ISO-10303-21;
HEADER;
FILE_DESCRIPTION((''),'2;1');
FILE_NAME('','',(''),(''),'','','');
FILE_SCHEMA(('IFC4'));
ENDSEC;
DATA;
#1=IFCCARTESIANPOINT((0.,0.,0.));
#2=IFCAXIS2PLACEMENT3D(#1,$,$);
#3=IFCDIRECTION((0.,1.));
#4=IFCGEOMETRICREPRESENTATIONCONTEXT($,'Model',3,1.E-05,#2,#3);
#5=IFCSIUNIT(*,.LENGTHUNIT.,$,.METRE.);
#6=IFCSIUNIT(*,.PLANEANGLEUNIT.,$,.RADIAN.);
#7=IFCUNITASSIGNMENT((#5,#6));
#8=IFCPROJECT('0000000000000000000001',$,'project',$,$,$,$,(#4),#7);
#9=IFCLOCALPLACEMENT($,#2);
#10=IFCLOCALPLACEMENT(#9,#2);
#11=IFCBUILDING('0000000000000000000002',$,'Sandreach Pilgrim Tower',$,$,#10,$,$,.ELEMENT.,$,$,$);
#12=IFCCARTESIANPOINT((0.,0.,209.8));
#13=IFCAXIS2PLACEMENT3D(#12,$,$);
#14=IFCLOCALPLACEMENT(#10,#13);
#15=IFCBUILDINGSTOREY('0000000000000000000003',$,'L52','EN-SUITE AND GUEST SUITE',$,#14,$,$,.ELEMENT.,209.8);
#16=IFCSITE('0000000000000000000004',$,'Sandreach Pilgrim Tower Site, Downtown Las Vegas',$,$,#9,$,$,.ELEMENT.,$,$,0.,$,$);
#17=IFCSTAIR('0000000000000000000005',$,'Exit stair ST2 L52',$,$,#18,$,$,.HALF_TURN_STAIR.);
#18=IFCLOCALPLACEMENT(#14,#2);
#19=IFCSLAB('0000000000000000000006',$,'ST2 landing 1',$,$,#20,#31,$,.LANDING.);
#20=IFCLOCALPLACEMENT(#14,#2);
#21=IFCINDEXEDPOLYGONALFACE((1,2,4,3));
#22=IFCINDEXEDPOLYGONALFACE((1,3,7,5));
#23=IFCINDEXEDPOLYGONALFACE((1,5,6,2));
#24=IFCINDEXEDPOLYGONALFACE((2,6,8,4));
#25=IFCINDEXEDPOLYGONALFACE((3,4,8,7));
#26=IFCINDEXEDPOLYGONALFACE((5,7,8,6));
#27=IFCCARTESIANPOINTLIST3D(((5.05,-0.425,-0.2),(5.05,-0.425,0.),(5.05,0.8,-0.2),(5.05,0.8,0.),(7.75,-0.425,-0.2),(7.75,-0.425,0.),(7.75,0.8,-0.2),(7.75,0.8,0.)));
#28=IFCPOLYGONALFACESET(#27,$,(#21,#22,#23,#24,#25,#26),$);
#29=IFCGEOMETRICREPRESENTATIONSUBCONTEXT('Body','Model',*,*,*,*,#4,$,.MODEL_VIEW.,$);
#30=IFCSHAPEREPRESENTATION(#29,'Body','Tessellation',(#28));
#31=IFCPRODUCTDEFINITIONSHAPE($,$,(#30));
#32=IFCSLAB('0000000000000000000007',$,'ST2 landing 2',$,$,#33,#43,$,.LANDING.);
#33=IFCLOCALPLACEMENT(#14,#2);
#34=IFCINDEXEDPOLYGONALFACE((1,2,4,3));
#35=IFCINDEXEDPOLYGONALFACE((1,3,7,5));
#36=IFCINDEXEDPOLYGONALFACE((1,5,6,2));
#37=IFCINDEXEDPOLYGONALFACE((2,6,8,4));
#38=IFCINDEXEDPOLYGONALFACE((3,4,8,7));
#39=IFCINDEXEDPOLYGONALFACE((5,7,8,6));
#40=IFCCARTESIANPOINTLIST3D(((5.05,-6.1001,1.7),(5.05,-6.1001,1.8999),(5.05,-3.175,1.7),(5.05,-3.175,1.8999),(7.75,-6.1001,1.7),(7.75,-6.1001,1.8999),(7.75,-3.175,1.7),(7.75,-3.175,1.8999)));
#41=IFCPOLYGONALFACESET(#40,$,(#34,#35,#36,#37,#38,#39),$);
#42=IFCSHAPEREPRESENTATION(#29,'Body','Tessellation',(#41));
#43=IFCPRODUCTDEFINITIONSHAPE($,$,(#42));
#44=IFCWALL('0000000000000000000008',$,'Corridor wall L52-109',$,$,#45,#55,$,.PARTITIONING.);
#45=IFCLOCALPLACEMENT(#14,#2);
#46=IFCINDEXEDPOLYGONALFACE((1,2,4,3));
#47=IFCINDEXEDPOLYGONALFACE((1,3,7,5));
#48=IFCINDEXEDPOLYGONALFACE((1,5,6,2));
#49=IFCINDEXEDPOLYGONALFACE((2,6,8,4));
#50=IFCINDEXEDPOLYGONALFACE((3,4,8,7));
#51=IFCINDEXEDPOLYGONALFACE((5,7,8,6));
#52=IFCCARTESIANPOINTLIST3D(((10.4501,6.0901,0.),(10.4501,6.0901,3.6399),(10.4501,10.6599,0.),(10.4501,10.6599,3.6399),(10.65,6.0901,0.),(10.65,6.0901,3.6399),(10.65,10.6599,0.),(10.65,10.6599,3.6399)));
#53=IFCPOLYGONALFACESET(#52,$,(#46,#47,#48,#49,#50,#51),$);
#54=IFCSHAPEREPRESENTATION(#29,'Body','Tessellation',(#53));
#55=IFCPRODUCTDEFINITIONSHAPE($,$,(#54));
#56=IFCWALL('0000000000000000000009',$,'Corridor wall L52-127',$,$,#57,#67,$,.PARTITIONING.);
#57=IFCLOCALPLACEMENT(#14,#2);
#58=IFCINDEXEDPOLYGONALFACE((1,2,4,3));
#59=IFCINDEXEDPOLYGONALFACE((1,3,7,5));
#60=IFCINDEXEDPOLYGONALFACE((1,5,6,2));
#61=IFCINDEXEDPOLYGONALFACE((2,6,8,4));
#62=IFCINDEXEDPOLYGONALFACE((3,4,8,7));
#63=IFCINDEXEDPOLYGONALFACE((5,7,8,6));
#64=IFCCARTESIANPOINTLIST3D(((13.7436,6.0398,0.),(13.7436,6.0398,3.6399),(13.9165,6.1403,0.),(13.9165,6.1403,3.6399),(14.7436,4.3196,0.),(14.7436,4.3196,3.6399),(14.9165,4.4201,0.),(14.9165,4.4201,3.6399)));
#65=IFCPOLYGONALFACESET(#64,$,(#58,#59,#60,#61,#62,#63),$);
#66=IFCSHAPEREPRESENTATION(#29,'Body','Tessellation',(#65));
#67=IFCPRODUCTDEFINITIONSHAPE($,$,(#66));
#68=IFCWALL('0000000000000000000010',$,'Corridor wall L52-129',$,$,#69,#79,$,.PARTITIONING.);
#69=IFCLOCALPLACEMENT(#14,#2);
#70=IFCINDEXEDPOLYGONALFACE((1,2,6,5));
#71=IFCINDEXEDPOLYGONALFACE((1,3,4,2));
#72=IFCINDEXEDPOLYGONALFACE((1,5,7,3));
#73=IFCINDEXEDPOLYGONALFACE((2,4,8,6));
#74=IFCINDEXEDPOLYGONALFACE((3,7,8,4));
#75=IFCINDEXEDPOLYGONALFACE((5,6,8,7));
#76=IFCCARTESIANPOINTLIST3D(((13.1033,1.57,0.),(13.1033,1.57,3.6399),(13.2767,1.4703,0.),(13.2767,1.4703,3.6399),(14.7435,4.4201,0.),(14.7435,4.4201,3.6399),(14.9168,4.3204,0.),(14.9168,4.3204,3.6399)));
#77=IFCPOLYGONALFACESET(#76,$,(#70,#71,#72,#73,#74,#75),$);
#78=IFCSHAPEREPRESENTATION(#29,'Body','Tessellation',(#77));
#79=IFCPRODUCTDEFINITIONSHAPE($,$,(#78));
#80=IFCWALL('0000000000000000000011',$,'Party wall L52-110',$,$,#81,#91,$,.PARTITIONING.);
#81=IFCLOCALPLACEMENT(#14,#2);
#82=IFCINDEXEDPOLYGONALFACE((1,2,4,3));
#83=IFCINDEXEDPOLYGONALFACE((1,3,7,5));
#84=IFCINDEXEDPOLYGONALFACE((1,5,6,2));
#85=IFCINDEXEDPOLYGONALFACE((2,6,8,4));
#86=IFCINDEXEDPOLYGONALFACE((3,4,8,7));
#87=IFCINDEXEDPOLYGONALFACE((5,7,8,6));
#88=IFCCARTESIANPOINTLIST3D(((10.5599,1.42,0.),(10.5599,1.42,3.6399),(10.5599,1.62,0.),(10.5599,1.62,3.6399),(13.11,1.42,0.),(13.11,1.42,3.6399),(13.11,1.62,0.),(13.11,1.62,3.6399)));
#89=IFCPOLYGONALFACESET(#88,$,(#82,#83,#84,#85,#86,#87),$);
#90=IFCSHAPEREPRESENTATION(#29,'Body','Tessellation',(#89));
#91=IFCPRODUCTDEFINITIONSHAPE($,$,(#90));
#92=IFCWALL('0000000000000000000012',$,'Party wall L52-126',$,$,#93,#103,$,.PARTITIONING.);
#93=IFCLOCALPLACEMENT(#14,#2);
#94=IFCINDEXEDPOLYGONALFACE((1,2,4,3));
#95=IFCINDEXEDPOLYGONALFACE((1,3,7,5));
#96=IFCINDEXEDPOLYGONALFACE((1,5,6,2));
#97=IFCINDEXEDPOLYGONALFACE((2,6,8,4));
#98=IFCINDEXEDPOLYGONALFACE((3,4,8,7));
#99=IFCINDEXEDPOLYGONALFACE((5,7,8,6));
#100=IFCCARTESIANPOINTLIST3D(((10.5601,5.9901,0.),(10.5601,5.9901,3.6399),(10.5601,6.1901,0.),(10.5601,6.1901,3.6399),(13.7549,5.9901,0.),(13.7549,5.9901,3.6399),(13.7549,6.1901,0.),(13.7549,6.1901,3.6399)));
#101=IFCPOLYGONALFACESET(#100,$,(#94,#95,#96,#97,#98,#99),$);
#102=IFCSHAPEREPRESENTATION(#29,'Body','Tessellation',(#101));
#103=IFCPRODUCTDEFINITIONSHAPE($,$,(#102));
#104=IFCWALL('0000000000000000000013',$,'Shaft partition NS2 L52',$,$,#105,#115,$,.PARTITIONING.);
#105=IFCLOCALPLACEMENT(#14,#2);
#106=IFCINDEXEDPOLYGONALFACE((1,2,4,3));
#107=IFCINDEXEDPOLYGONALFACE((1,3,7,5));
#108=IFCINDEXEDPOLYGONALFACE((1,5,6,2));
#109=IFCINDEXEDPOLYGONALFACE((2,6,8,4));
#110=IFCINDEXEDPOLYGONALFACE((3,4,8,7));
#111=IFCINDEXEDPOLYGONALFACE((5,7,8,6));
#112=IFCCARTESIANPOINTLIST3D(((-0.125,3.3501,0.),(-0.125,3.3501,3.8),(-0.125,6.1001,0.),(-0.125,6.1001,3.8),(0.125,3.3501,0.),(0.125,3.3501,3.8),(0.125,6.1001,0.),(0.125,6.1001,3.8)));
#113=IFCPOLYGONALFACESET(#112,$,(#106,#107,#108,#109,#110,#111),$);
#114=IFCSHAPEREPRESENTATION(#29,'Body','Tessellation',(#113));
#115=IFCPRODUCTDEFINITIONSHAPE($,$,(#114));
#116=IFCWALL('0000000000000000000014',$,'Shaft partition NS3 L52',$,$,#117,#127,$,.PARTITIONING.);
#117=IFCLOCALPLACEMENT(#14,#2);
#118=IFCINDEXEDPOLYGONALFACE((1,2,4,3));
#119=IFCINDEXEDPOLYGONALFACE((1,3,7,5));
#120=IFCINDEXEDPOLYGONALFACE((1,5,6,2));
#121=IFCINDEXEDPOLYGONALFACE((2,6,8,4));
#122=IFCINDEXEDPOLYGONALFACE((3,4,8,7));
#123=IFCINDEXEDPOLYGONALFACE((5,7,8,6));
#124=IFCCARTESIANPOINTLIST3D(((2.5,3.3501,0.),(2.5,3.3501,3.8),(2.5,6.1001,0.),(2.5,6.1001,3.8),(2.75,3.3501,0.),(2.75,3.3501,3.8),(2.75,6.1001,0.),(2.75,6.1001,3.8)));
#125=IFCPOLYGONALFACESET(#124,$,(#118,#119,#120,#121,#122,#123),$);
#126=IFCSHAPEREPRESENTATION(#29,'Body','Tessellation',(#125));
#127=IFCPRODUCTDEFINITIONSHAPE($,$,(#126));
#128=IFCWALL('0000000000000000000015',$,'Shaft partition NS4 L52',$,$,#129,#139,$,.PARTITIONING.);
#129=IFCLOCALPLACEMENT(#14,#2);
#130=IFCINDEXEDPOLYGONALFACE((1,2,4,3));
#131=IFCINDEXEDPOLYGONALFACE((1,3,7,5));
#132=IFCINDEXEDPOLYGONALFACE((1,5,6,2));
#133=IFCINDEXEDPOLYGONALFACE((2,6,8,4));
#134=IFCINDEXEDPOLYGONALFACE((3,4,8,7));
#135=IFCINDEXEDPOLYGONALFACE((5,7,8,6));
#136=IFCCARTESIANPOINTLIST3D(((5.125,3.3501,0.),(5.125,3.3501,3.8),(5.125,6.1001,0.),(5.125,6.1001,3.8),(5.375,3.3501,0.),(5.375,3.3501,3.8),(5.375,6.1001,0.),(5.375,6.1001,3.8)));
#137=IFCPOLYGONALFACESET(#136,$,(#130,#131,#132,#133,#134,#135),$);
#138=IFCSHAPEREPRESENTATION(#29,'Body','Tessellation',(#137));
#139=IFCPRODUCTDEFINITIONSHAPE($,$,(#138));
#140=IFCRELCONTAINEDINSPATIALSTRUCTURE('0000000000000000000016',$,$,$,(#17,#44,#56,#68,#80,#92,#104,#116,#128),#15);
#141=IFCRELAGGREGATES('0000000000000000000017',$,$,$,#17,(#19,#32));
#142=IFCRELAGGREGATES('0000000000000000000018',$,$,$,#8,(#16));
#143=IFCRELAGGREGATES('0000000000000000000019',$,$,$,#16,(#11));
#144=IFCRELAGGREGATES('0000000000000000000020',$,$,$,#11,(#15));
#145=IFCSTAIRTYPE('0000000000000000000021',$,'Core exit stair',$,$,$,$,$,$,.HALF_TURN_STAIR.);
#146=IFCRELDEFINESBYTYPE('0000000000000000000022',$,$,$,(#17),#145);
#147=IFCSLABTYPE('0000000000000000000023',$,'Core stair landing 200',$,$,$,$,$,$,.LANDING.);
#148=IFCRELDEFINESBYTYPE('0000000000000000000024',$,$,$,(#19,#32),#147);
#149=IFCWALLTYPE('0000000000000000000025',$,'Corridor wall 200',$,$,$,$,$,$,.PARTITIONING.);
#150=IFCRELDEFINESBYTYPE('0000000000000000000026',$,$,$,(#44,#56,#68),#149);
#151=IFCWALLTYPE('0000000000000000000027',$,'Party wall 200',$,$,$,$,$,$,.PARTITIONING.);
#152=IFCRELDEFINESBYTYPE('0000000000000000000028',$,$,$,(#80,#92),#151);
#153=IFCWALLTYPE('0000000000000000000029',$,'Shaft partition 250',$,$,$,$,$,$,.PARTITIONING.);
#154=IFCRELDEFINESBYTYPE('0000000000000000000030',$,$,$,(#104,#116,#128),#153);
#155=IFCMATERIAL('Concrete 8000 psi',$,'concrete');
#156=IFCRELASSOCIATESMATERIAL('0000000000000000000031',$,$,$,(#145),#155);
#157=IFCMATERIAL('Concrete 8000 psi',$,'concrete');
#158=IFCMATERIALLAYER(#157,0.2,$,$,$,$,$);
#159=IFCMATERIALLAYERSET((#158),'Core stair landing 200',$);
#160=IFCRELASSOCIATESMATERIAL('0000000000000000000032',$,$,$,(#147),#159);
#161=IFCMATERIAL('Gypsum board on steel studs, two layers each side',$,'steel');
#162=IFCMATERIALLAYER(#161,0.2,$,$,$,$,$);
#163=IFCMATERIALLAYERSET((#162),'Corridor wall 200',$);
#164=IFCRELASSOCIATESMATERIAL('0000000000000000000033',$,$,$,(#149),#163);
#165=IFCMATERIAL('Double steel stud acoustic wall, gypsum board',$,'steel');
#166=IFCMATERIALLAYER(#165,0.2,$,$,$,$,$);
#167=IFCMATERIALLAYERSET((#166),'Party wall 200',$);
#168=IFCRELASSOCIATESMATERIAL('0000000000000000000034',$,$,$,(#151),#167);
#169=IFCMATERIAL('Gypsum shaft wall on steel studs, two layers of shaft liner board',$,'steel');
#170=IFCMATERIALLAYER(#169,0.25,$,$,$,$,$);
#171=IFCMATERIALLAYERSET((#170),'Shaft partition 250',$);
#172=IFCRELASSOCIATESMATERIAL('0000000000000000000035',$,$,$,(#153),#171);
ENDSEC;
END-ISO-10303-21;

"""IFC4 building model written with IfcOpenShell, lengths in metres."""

from ifc_helpers import new_model, si_unit, direction, frame, frame_2d, origin, place, context, subcontext, project, spatial, polyline, rectangle, outline, extrude, material, layer, layer_set, type_object, element, aggregate, save


model = new_model("IFC4")

# Units and contexts
model_context = context("Model", 3, precision=1e-05, world=origin(), true_north=direction((0.0, 1.0)))
body_context = subcontext(model_context, "Body", "Model", "MODEL_VIEW")
ifc_project = project(units=[si_unit("LENGTHUNIT", "METRE"), si_unit("PLANEANGLEUNIT", "RADIAN")], contexts=[model_context])

# Site, building, storey
site_placement = place(None, origin())
site = spatial("IfcSite", under=ifc_project, at=site_placement, Name="Sandreach Pilgrim Tower Site, Downtown Las Vegas", CompositionType="ELEMENT", RefElevation=0.0)
building_placement = place(site_placement, origin())
building = spatial("IfcBuilding", under=site, at=building_placement, Name="Sandreach Pilgrim Tower", CompositionType="ELEMENT")
storey_placement = place(building_placement, frame((0.0, 0.0, 209.8)))
storey = spatial("IfcBuildingStorey", under=building, at=storey_placement, Name="L52", Description="EN-SUITE AND GUEST SUITE", CompositionType="ELEMENT", Elevation=209.8)

# Stair, slabs
ifc_material_1 = material(Name="Concrete 8000 psi", Category="concrete")
stair_type = type_object("IfcStairType", Name="Core exit stair", PredefinedType="HALF_TURN_STAIR", material=ifc_material_1)
stair_placement = place(storey_placement, origin())
stair = element("IfcStair", 1, at=stair_placement, inside=storey, type_object=stair_type, Name="Exit stair ST2 L52", PredefinedType="HALF_TURN_STAIR")
ifc_material_2 = material(Name="Concrete 8000 psi", Category="concrete")
ifc_layer_1 = layer(ifc_material_2, 0.2)
ifc_layer_set_1 = layer_set([ifc_layer_1], Name="Core stair landing 200")
slab_type = type_object("IfcSlabType", Name="Core stair landing 200", PredefinedType="LANDING", material=ifc_layer_set_1)
slab_1_placement = place(storey_placement, frame((0.0, 0.0, -0.2)))
slab_1 = element("IfcSlab", 2, at=slab_1_placement, type_object=slab_type, Name="ST2 landing 1", PredefinedType="LANDING", context=body_context, shape_type="SweptSolid", body=[
    extrude(outline(polyline([(5.05, -0.425), (7.75, -0.425), (7.75, 0.8), (5.05, 0.8), (5.05, -0.425)])), origin(), (0.0, 0.0, 1.0), 0.2),
])
slab_2_placement = place(storey_placement, frame((0.0, 0.0, 1.7)))
slab_2 = element("IfcSlab", 3, at=slab_2_placement, type_object=slab_type, Name="ST2 landing 2", PredefinedType="LANDING", context=body_context, shape_type="SweptSolid", body=[
    extrude(outline(polyline([(5.05, -6.1001), (7.75, -6.1001), (7.75, -3.175), (5.05, -3.175), (5.05, -6.1001)])), origin(), (0.0, 0.0, 1.0), 0.2),
])
aggregate(stair, [slab_1, slab_2])

# Shared definitions
ifc_material_3 = material(Name="Gypsum board on steel studs, two layers each side", Category="steel")
ifc_layer_2 = layer(ifc_material_3, 0.2)
ifc_layer_set_2 = layer_set([ifc_layer_2], Name="Corridor wall 200")
wall_type_1 = type_object("IfcWallType", Name="Corridor wall 200", PredefinedType="PARTITIONING", material=ifc_layer_set_2)

# Wall
wall_1_placement = place(storey_placement, frame((10.55, 6.0901, 0.0), z_axis=(0.0, 0.0, 1.0), x_axis=(0.0, 1.0, 0.0)))
element("IfcWall", 4, at=wall_1_placement, inside=storey, type_object=wall_type_1, Name="Corridor wall L52-109", PredefinedType="PARTITIONING", context=body_context, shape_type="SweptSolid", body=[
    extrude(rectangle(XDim=4.5698, YDim=0.2, at=frame_2d((2.2849, 0.0))), origin(), (0.0, 0.0, 1.0), 3.6399),
])

# Walls
wall_2_placement = place(storey_placement, frame((13.8301, 6.0901, 0.0), z_axis=(0.0, 0.0, 1.0), x_axis=(0.502574, -0.864534, 0.0)))
element("IfcWall", 5, at=wall_2_placement, inside=storey, type_object=wall_type_1, Name="Corridor wall L52-127", PredefinedType="PARTITIONING", context=body_context, shape_type="SweptSolid", body=[
    extrude(rectangle(XDim=1.9897, YDim=0.2, at=frame_2d((0.9949, 0.0))), origin(), (0.0, 0.0, 1.0), 3.6399),
])
wall_3_placement = place(storey_placement, frame((14.8301, 4.3701, 0.0), z_axis=(0.0, 0.0, 1.0), x_axis=(-0.498775, -0.866731, 0.0)))
element("IfcWall", 6, at=wall_3_placement, inside=storey, type_object=wall_type_1, Name="Corridor wall L52-129", PredefinedType="PARTITIONING", context=body_context, shape_type="SweptSolid", body=[
    extrude(rectangle(XDim=3.2883, YDim=0.2, at=frame_2d((1.644, 0.0))), origin(), (0.0, 0.0, 1.0), 3.6399),
])
ifc_material_4 = material(Name="Double steel stud acoustic wall, gypsum board", Category="steel")
ifc_layer_3 = layer(ifc_material_4, 0.2)
ifc_layer_set_3 = layer_set([ifc_layer_3], Name="Party wall 200")
wall_type_2 = type_object("IfcWallType", Name="Party wall 200", PredefinedType="PARTITIONING", material=ifc_layer_set_3)
wall_4_placement = place(storey_placement, frame((10.5601, 1.52, 0.0), z_axis=(0.0, 0.0, 1.0), x_axis=(1.0, 0.0, 0.0)))
element("IfcWall", 7, at=wall_4_placement, inside=storey, type_object=wall_type_2, Name="Party wall L52-110", PredefinedType="PARTITIONING", context=body_context, shape_type="SweptSolid", body=[
    extrude(rectangle(XDim=2.55, YDim=0.2, at=frame_2d((1.2749, 0.0))), origin(), (0.0, 0.0, 1.0), 3.6399),
])
wall_5_placement = place(storey_placement, frame((13.7549, 6.0901, 0.0), z_axis=(0.0, 0.0, 1.0), x_axis=(-1.0, 0.0, 0.0)))
element("IfcWall", 8, at=wall_5_placement, inside=storey, type_object=wall_type_2, Name="Party wall L52-126", PredefinedType="PARTITIONING", context=body_context, shape_type="SweptSolid", body=[
    extrude(rectangle(XDim=3.1948, YDim=0.2, at=frame_2d((1.5974, 0.0))), origin(), (0.0, 0.0, 1.0), 3.6399),
])
ifc_material_5 = material(Name="Gypsum shaft wall on steel studs, two layers of shaft liner board", Category="steel")
ifc_layer_4 = layer(ifc_material_5, 0.25)
ifc_layer_set_4 = layer_set([ifc_layer_4], Name="Shaft partition 250")
wall_type_3 = type_object("IfcWallType", Name="Shaft partition 250", PredefinedType="PARTITIONING", material=ifc_layer_set_4)
for number, where, z_axis, x_axis, name in (
    (9, (0.0, 3.3501, 0.0), (0.0, 0.0, 1.0), (0.0, 1.0, 0.0), "Shaft partition NS2 L52"),
    (10, (2.625, 3.3501, 0.0), (0.0, 0.0, 1.0), (0.0, 1.0, 0.0), "Shaft partition NS3 L52"),
    (11, (5.25, 3.3501, 0.0), (0.0, 0.0, 1.0), (0.0, 1.0, 0.0), "Shaft partition NS4 L52"),
):
    element("IfcWall", number, at=place(storey_placement, frame(where, z_axis=z_axis, x_axis=x_axis)), inside=storey, type_object=wall_type_3, Name=name, PredefinedType="PARTITIONING", context=body_context, shape_type="SweptSolid", body=[
        extrude(rectangle(XDim=2.75, YDim=0.25, at=frame_2d((1.375, 0.0))), origin(), (0.0, 0.0, 1.0), 3.8),
    ])

save(model, "model.ifc")
